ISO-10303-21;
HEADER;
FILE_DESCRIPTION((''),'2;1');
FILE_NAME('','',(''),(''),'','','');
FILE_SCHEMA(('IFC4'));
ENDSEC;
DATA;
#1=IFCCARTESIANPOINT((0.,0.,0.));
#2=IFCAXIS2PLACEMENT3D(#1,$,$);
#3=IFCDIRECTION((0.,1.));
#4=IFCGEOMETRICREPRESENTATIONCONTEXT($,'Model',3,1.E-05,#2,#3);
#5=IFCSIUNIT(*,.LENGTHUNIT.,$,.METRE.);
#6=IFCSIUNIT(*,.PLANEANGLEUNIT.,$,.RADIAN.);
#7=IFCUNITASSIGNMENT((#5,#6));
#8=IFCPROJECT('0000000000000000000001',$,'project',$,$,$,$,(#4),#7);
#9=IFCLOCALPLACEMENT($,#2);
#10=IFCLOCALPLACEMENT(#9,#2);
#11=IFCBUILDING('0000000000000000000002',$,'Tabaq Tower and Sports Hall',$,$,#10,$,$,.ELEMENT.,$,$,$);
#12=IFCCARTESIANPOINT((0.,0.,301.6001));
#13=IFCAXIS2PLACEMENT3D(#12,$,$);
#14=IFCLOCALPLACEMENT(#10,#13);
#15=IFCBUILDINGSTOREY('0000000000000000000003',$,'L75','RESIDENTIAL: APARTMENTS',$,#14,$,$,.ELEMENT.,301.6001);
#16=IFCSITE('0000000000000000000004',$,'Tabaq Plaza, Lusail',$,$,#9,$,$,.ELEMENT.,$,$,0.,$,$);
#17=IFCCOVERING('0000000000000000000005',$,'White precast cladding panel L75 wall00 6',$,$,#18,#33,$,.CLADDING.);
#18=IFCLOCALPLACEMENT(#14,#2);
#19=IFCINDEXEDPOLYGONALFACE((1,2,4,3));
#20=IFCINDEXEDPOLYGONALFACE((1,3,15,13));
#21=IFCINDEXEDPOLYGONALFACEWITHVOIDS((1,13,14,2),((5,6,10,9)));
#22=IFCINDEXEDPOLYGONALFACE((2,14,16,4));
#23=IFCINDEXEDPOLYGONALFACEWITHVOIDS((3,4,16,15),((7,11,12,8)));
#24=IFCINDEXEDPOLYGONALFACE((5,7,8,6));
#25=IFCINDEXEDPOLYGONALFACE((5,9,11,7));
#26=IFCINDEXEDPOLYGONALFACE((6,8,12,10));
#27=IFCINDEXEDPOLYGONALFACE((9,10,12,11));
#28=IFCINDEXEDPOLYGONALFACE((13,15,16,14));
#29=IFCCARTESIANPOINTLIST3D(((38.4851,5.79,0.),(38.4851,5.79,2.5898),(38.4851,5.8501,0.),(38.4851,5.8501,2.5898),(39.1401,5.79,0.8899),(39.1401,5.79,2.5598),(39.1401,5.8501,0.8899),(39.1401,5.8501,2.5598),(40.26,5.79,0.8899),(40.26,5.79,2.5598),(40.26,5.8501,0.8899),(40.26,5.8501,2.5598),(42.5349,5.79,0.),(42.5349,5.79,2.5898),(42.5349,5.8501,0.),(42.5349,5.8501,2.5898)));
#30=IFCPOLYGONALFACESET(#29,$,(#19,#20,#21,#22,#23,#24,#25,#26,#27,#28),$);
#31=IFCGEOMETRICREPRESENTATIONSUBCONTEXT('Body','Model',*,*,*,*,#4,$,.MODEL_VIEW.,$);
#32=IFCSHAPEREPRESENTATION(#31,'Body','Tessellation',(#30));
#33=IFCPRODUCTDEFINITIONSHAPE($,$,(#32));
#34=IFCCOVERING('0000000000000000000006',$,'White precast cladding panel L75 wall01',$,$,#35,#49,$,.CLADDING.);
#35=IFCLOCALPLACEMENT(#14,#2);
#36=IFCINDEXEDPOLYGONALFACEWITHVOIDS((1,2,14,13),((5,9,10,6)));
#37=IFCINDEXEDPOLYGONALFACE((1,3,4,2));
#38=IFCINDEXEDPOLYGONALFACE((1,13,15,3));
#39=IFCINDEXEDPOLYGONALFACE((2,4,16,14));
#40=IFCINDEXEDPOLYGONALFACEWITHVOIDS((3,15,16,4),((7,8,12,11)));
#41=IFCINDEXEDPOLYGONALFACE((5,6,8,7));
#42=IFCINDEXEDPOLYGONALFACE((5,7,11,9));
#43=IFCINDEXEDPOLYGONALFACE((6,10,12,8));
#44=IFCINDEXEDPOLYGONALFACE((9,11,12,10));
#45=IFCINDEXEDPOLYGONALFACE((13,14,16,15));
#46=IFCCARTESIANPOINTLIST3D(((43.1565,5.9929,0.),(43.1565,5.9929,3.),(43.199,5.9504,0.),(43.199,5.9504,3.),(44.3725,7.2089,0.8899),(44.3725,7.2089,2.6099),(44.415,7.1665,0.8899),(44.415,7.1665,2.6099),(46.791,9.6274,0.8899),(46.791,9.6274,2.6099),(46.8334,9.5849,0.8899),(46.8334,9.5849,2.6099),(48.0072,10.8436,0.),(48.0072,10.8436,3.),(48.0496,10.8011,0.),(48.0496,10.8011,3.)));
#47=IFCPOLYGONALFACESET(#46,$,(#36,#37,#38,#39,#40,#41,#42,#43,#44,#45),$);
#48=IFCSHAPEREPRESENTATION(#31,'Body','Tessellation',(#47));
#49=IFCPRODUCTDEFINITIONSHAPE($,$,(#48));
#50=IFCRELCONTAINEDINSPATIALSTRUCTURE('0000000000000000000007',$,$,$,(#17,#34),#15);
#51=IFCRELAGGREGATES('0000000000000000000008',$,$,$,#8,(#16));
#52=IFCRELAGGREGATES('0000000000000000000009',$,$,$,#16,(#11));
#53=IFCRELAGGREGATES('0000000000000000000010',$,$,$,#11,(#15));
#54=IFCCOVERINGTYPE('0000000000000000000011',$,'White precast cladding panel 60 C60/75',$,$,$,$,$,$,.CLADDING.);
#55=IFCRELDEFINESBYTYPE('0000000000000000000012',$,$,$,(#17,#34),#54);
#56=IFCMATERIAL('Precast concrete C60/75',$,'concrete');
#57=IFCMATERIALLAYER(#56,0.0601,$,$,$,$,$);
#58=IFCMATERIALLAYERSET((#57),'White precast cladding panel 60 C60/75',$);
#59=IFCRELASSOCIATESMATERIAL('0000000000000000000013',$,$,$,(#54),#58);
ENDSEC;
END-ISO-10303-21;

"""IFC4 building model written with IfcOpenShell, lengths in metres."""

from ifc_helpers import new_model, si_unit, direction, frame, origin, place, context, subcontext, project, spatial, polyline, outline, extrude, material, layer, layer_set, type_object, element, save


model = new_model("IFC4")

# Units and contexts
model_context = context("Model", 3, precision=1e-05, world=origin(), true_north=direction((0.0, 1.0)))
body_context = subcontext(model_context, "Body", "Model", "MODEL_VIEW")
ifc_project = project(units=[si_unit("LENGTHUNIT", "METRE"), si_unit("PLANEANGLEUNIT", "RADIAN")], contexts=[model_context])

# Site, building, storey
site_placement = place(None, origin())
site = spatial("IfcSite", under=ifc_project, at=site_placement, Name="Tabaq Plaza, Lusail", CompositionType="ELEMENT", RefElevation=0.0)
building_placement = place(site_placement, origin())
building = spatial("IfcBuilding", under=site, at=building_placement, Name="Tabaq Tower and Sports Hall", CompositionType="ELEMENT")
storey_placement = place(building_placement, frame((0.0, 0.0, 301.6001)))
storey = spatial("IfcBuildingStorey", under=building, at=storey_placement, Name="L75", Description="RESIDENTIAL: APARTMENTS", CompositionType="ELEMENT", Elevation=301.6001)

# Coverings
ifc_material_1 = material(Name="Precast concrete C60/75", Category="concrete")
ifc_layer_1 = layer(ifc_material_1, 0.0601)
ifc_layer_set_1 = layer_set([ifc_layer_1], Name="White precast cladding panel 60 C60/75")
covering_type_1 = type_object("IfcCoveringType", Name="White precast cladding panel 60 C60/75", PredefinedType="CLADDING", material=ifc_layer_set_1)
covering_1_placement = place(storey_placement, frame((38.4851, 5.8201, 0.0), z_axis=(0.0, 0.0, 1.0), x_axis=(1.0, 0.0, 0.0)))
element("IfcCovering", 1, at=covering_1_placement, inside=storey, type_object=covering_type_1, Name="White precast cladding panel L75 wall00 6", PredefinedType="CLADDING", context=body_context, shape_type="SweptSolid", body=[
    extrude(outline(polyline([(0.0, 0.0), (4.0498, 0.0), (4.0498, 2.5898), (0.0, 2.5898), (0.0, 0.0)]), holes=[polyline([(1.7749, 0.8899), (0.655, 0.8899), (0.655, 2.5598), (1.7749, 2.5598), (1.7749, 0.8899)])]), frame((0.0, 0.03, 0.0), z_axis=(0.0, -1.0, 0.0), x_axis=(1.0, 0.0, 0.0)), (0.0, 0.0, 1.0), 0.0601),
])
covering_2_placement = place(storey_placement, frame((43.1777, 5.9717, 0.0), z_axis=(0.0, 0.0, 1.0), x_axis=(0.707107, 0.707107, 0.0)))
element("IfcCovering", 2, at=covering_2_placement, inside=storey, type_object=covering_type_1, Name="White precast cladding panel L75 wall01", PredefinedType="CLADDING", context=body_context, shape_type="SweptSolid", body=[
    extrude(outline(polyline([(0.0, 0.0), (6.8599, 0.0), (6.8599, 3.0), (0.0, 3.0), (0.0, 0.0)]), holes=[polyline([(1.7197, 0.8899), (1.7197, 2.6099), (5.1399, 2.6099), (5.1399, 0.8899), (1.7197, 0.8899)])]), frame((0.0, 0.03, 0.0), z_axis=(0.0, -1.0, 0.0), x_axis=(1.0, 0.0, 0.0)), (0.0, 0.0, 1.0), 0.0601),
])

save(model, "model.ifc")
